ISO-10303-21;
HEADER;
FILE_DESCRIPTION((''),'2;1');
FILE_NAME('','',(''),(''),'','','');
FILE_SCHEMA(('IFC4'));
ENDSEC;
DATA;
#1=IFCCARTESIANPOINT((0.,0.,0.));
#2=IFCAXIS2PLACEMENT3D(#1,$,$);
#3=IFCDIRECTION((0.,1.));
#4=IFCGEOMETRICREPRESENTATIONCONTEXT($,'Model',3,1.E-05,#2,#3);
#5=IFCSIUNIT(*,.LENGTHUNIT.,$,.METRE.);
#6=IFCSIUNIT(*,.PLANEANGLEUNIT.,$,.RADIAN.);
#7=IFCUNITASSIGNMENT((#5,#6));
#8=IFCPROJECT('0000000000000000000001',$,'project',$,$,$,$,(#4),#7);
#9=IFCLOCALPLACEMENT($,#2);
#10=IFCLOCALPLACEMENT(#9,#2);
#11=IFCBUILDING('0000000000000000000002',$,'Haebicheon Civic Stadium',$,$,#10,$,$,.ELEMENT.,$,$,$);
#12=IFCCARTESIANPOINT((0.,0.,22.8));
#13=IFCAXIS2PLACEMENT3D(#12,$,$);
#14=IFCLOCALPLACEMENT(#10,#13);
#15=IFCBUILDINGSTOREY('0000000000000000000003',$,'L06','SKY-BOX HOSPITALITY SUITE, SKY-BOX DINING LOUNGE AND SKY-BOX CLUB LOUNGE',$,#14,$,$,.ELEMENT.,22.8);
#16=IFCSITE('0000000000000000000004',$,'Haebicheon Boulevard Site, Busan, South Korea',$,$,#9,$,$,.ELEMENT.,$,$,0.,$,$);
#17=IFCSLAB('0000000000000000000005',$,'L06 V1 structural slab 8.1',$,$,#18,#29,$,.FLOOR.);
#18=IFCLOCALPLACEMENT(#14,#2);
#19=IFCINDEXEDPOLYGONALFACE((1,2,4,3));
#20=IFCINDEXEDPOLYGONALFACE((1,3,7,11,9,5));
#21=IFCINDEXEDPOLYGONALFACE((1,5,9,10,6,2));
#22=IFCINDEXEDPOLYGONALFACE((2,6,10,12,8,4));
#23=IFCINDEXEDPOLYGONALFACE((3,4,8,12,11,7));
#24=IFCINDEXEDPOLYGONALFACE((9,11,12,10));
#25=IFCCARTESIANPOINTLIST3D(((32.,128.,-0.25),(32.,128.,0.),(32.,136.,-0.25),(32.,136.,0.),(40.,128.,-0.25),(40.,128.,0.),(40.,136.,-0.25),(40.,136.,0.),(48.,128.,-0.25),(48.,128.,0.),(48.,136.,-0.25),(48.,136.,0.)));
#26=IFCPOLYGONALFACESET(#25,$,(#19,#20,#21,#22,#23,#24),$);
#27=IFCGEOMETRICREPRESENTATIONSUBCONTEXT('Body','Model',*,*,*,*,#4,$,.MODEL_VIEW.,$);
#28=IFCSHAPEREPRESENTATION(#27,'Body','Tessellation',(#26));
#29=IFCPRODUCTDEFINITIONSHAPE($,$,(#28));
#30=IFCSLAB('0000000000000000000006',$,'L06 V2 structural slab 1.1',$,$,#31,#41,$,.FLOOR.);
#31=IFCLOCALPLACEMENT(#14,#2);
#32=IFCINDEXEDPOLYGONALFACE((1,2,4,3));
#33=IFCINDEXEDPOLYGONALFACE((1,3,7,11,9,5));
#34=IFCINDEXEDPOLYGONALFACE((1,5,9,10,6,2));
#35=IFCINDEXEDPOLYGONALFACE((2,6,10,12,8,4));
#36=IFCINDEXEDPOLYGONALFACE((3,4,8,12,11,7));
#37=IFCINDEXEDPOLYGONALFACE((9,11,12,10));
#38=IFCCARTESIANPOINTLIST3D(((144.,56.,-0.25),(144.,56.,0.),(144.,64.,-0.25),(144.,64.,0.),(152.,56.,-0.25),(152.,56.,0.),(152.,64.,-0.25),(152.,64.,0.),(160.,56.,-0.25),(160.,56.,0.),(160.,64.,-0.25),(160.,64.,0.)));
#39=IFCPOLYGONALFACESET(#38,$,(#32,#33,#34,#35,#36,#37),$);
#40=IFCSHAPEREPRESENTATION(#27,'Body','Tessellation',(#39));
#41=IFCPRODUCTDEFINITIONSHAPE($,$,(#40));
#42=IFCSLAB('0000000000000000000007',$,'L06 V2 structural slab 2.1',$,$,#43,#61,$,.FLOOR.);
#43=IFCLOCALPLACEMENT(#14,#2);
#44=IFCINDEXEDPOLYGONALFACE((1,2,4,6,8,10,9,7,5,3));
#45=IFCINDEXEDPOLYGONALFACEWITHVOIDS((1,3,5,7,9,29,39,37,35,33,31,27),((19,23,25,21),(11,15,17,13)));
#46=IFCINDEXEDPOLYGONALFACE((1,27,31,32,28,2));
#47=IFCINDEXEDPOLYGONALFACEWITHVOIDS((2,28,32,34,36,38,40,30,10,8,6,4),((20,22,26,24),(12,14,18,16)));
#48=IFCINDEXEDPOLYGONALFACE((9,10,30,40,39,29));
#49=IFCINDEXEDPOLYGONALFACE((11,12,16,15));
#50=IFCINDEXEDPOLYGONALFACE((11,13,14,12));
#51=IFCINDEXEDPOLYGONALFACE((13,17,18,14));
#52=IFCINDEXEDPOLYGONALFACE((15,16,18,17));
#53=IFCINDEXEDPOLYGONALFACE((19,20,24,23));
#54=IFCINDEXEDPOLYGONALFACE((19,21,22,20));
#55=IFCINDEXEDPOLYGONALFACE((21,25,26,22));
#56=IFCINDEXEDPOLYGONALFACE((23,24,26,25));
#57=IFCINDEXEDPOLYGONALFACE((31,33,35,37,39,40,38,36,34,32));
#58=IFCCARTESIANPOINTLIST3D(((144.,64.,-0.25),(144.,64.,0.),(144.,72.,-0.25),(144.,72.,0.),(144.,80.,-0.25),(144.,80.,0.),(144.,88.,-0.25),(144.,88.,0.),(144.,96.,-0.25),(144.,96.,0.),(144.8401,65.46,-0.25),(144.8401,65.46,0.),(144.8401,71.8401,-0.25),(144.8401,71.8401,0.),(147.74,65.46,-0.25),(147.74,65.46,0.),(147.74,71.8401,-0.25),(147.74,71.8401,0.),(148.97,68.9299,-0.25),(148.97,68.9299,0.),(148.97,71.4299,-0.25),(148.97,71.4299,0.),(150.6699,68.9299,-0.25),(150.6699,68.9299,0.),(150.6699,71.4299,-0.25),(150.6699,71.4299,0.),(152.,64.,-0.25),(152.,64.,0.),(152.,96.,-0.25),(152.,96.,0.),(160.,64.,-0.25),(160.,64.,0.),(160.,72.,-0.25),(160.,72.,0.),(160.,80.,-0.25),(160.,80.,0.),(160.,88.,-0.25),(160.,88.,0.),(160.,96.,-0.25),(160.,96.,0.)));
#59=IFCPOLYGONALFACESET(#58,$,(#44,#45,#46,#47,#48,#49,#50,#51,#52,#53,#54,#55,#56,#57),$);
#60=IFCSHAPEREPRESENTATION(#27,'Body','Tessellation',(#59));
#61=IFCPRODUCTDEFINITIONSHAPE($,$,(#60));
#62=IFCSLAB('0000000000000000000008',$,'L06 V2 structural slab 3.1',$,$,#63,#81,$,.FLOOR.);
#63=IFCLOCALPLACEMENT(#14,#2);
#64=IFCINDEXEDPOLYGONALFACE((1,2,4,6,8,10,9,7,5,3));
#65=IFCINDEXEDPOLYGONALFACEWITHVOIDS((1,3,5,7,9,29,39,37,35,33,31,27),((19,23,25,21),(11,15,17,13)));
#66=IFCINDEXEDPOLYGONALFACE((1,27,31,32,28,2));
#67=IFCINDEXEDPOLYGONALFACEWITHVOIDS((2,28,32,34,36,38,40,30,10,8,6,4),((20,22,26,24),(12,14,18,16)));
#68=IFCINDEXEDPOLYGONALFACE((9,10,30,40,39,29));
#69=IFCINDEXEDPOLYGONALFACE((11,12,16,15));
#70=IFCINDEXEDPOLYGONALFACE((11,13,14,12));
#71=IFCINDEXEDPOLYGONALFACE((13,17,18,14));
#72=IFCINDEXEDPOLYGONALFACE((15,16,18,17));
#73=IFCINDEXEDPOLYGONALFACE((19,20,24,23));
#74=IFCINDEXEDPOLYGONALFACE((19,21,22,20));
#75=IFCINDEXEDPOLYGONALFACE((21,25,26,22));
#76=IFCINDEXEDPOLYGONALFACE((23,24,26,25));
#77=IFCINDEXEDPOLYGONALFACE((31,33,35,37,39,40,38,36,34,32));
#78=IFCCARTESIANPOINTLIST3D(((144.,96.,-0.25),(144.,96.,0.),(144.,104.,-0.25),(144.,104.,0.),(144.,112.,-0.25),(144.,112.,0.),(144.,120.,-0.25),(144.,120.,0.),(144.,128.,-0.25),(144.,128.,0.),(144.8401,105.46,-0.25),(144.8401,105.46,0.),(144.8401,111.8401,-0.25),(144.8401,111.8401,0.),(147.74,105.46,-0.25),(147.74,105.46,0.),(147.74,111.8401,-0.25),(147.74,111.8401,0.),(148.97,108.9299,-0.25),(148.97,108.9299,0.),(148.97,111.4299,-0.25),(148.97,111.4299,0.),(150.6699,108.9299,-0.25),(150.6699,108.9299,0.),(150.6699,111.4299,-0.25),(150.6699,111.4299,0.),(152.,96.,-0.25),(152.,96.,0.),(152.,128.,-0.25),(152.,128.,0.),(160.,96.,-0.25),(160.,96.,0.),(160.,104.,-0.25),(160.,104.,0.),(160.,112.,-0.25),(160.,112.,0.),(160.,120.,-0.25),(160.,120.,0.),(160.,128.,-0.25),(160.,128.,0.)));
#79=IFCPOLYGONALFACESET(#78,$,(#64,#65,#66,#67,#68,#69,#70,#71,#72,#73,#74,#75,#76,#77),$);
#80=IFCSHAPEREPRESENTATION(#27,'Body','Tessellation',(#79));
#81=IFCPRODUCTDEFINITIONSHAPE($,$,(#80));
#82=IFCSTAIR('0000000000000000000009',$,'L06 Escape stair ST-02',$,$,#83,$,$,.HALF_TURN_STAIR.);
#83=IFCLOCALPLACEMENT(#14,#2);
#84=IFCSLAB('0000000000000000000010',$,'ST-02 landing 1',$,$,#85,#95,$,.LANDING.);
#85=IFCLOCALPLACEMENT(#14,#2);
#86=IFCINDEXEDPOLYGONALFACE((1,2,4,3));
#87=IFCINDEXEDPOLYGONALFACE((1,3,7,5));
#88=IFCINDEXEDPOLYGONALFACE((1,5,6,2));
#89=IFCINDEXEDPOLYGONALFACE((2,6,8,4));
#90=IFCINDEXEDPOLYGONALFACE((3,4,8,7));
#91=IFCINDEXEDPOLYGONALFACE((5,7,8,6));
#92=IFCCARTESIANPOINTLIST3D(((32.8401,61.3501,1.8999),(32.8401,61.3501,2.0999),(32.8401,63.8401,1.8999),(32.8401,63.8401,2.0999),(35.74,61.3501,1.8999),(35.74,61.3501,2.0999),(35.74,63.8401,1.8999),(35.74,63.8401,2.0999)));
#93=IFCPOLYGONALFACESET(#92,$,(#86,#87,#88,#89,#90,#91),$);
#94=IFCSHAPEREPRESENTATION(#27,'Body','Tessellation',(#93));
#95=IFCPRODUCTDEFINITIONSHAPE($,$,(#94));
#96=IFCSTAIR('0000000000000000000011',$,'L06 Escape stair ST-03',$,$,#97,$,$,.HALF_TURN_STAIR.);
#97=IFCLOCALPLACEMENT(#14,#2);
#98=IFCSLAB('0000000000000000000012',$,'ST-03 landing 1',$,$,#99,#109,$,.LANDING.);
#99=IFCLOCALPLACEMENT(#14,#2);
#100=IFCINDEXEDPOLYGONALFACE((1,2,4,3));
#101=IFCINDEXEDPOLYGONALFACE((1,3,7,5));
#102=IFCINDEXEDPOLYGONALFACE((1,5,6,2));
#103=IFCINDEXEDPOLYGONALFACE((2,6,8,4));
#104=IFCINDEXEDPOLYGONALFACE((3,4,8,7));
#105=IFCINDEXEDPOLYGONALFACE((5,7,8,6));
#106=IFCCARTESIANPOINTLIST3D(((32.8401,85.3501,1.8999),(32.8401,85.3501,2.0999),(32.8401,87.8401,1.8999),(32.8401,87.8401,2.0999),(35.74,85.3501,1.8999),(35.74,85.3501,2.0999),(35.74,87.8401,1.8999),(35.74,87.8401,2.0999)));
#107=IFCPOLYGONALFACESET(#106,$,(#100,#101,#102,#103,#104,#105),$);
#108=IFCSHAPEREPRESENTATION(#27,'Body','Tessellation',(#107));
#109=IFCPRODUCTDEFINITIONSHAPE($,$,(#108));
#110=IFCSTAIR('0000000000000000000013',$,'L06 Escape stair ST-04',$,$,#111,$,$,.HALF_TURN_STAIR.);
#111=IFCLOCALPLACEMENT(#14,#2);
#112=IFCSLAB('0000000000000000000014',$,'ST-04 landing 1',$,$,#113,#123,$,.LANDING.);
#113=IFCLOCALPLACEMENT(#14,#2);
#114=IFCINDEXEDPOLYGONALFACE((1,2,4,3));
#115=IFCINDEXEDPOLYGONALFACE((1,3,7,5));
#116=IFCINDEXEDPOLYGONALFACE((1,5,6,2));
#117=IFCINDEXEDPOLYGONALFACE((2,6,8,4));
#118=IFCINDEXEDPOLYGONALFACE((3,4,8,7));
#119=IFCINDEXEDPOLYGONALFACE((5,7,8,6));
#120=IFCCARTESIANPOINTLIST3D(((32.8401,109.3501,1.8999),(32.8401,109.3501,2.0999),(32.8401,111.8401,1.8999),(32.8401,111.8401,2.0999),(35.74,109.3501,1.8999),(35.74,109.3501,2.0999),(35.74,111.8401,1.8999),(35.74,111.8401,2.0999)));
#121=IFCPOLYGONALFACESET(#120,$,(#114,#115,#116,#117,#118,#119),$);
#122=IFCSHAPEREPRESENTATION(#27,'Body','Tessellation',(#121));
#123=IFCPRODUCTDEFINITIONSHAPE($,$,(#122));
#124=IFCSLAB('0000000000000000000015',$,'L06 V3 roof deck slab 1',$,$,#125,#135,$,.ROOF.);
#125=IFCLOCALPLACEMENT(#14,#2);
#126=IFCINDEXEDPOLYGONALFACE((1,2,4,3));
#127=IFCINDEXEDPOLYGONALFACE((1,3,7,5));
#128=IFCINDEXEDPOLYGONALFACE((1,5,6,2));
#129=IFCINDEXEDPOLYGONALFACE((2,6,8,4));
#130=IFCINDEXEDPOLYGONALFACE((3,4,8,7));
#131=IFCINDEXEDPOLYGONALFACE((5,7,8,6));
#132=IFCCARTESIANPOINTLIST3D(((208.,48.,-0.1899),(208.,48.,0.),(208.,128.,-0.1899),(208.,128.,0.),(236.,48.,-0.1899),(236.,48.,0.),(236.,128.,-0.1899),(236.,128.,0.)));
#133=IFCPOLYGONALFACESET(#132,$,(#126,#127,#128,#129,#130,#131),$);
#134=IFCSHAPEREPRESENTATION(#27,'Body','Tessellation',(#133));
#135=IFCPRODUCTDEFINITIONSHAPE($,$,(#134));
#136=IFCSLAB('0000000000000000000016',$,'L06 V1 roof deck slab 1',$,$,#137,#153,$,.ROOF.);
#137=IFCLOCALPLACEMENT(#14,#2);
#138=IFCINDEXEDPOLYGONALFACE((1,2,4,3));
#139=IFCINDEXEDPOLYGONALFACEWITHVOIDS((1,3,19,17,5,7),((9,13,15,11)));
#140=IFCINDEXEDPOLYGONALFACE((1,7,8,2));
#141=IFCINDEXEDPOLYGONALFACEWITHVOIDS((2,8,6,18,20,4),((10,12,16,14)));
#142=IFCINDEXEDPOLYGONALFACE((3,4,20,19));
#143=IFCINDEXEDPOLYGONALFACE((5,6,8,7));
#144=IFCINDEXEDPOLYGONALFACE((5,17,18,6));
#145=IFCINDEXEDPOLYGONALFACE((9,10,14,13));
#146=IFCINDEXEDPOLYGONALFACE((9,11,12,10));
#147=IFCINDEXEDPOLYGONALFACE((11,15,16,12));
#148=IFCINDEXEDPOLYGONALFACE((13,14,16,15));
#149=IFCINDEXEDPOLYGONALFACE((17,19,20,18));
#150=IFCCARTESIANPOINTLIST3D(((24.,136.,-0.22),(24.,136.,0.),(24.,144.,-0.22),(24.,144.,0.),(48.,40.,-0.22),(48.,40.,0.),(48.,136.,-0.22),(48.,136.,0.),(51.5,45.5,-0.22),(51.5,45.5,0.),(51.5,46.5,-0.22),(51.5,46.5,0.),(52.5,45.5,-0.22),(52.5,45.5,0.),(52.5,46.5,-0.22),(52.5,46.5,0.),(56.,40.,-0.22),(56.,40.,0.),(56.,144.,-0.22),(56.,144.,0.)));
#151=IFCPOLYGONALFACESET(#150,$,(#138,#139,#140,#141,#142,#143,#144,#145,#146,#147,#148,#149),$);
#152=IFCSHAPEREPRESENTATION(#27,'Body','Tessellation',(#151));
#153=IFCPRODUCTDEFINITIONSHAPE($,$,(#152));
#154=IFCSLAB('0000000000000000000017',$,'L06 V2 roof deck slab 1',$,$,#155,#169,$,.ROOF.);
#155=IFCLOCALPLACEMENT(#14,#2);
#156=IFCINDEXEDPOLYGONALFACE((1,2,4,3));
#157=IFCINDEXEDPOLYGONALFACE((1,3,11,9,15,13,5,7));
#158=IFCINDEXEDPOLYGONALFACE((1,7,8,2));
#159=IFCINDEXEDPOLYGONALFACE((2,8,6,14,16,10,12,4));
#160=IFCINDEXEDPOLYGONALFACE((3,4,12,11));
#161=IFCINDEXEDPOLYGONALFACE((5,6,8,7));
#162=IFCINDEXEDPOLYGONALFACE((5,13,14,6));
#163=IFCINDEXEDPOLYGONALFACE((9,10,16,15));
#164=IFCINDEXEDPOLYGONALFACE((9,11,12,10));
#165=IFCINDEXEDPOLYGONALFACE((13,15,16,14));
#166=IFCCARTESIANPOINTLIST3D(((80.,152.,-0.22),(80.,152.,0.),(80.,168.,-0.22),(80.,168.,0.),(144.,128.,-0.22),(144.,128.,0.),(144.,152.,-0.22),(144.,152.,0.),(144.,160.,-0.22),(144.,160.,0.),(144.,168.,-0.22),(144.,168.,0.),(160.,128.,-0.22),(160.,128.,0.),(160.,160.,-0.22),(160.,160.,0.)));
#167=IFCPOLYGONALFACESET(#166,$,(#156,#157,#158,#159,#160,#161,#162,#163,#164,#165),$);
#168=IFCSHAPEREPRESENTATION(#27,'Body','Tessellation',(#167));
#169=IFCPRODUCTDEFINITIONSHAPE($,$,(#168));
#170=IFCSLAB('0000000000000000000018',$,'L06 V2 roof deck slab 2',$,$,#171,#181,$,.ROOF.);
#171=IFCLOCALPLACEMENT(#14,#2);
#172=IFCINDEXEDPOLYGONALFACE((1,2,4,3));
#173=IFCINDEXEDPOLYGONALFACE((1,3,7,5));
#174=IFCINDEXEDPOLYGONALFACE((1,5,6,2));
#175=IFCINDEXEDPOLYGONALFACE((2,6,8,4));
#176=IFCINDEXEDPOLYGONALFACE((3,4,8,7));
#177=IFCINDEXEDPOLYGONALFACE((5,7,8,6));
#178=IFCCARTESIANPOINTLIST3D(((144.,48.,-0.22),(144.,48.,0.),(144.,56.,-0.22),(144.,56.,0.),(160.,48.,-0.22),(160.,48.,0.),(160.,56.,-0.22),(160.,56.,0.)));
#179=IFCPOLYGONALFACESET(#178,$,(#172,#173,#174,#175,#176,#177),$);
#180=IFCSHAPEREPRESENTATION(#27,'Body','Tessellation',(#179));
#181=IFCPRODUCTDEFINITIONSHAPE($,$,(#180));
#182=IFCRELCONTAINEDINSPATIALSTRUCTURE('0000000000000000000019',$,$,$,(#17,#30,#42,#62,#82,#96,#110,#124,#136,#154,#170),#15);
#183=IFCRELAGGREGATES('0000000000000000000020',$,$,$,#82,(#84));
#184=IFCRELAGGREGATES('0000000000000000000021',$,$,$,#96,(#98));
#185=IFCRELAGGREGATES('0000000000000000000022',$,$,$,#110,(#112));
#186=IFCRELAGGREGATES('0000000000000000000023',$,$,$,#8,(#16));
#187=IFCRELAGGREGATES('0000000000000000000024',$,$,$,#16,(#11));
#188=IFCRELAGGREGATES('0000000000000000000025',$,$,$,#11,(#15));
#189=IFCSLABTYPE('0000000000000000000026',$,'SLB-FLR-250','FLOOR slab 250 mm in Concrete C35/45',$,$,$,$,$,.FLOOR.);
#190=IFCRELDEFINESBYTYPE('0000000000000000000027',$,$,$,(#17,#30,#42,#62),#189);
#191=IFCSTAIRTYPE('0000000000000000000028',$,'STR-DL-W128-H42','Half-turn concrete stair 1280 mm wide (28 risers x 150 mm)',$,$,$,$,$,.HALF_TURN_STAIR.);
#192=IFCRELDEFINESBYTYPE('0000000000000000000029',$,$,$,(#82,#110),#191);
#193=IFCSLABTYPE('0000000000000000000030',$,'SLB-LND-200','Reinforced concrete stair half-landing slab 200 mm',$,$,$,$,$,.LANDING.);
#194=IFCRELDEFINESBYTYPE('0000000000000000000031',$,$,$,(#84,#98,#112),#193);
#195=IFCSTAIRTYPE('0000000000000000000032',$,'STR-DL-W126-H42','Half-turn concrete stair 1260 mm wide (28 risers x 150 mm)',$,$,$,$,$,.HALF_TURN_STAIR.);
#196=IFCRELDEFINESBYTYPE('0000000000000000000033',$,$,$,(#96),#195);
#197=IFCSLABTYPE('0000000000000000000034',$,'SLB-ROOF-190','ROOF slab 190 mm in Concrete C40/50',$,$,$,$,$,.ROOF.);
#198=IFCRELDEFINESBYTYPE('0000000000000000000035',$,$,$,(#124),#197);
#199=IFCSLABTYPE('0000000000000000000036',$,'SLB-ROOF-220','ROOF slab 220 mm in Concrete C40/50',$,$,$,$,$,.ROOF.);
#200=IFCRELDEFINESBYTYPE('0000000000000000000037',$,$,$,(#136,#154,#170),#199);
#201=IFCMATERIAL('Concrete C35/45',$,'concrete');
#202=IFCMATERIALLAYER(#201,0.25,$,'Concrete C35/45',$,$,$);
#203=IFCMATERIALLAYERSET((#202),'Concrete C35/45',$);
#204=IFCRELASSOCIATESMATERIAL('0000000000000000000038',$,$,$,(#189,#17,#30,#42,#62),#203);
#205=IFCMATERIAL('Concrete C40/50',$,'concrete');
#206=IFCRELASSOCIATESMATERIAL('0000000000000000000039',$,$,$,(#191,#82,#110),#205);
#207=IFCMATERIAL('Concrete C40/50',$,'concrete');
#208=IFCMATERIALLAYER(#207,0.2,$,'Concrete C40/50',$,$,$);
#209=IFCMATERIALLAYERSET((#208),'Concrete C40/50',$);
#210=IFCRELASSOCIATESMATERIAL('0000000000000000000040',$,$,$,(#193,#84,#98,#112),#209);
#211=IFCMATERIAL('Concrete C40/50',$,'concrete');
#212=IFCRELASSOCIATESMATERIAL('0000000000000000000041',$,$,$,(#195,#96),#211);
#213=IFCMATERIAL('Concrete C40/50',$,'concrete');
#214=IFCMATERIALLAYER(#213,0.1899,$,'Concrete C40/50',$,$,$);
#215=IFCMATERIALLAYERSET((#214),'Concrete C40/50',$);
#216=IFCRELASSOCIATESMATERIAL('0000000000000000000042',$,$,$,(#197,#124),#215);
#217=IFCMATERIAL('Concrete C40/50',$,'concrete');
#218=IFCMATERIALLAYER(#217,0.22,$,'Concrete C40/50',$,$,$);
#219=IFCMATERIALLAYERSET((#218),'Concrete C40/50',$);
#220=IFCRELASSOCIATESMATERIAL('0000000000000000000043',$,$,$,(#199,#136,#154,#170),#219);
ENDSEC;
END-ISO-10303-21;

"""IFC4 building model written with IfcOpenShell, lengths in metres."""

from ifc_helpers import new_model, si_unit, direction, frame, origin, place, context, subcontext, project, spatial, polyline, outline, extrude, material, layer, layer_set, type_object, element, aggregate, save


model = new_model("IFC4")

# Units and contexts
model_context = context("Model", 3, precision=1e-05, world=origin(), true_north=direction((0.0, 1.0)))
body_context = subcontext(model_context, "Body", "Model", "MODEL_VIEW")
ifc_project = project(units=[si_unit("LENGTHUNIT", "METRE"), si_unit("PLANEANGLEUNIT", "RADIAN")], contexts=[model_context])

# Site, building, storey
site_placement = place(None, origin())
site = spatial("IfcSite", under=ifc_project, at=site_placement, Name="Haebicheon Boulevard Site, Busan, South Korea", CompositionType="ELEMENT", RefElevation=0.0)
building_placement = place(site_placement, origin())
building = spatial("IfcBuilding", under=site, at=building_placement, Name="Haebicheon Civic Stadium", CompositionType="ELEMENT")
storey_placement = place(building_placement, frame((0.0, 0.0, 22.8)))
storey = spatial("IfcBuildingStorey", under=building, at=storey_placement, Name="L06", Description="SKY-BOX HOSPITALITY SUITE, SKY-BOX DINING LOUNGE AND SKY-BOX CLUB LOUNGE", CompositionType="ELEMENT", Elevation=22.8)

# Slabs
ifc_material_1 = material(Name="Concrete C35/45", Category="concrete")
ifc_layer_1 = layer(ifc_material_1, 0.25, Name="Concrete C35/45")
ifc_layer_set_1 = layer_set([ifc_layer_1], Name="Concrete C35/45")
slab_type_1 = type_object("IfcSlabType", Name="SLB-FLR-250", Description="FLOOR slab 250 mm in Concrete C35/45", PredefinedType="FLOOR", material=ifc_layer_set_1)
slab_1_placement = place(storey_placement, frame((0.0, 0.0, -0.25)))
element("IfcSlab", 1, at=slab_1_placement, inside=storey, type_object=slab_type_1, material=ifc_layer_set_1, Name="L06 V1 structural slab 8.1", PredefinedType="FLOOR", context=body_context, shape_type="SweptSolid", body=[
    extrude(outline(polyline([(32.0, 128.0), (32.0, 136.0), (40.0, 136.0), (48.0, 136.0), (48.0, 128.0), (40.0, 128.0), (32.0, 128.0)])), origin(), (0.0, 0.0, 1.0), 0.25),
])
slab_2_placement = place(storey_placement, frame((0.0, 0.0, -0.25)))
element("IfcSlab", 2, at=slab_2_placement, inside=storey, type_object=slab_type_1, material=ifc_layer_set_1, Name="L06 V2 structural slab 1.1", PredefinedType="FLOOR", context=body_context, shape_type="SweptSolid", body=[
    extrude(outline(polyline([(144.0, 56.0), (144.0, 64.0), (152.0, 64.0), (160.0, 64.0), (160.0, 56.0), (152.0, 56.0), (144.0, 56.0)])), origin(), (0.0, 0.0, 1.0), 0.25),
])
slab_3_placement = place(storey_placement, frame((0.0, 0.0, -0.25)))
element("IfcSlab", 3, at=slab_3_placement, inside=storey, type_object=slab_type_1, material=ifc_layer_set_1, Name="L06 V2 structural slab 2.1", PredefinedType="FLOOR", context=body_context, shape_type="SweptSolid", body=[
    extrude(outline(polyline([(144.0, 80.0), (144.0, 88.0), (144.0, 96.0), (152.0, 96.0), (160.0, 96.0), (160.0, 88.0), (160.0, 80.0), (160.0, 72.0), (160.0, 64.0), (152.0, 64.0), (144.0, 64.0), (144.0, 72.0), (144.0, 80.0)]), holes=[polyline([(144.8401, 65.46), (147.74, 65.46), (147.74, 71.8401), (144.8401, 71.8401), (144.8401, 65.46)]), polyline([(148.97, 68.9299), (150.6699, 68.9299), (150.6699, 71.4299), (148.97, 71.4299), (148.97, 68.9299)])]), origin(), (0.0, 0.0, 1.0), 0.25),
])
slab_4_placement = place(storey_placement, frame((0.0, 0.0, -0.25)))
element("IfcSlab", 4, at=slab_4_placement, inside=storey, type_object=slab_type_1, material=ifc_layer_set_1, Name="L06 V2 structural slab 3.1", PredefinedType="FLOOR", context=body_context, shape_type="SweptSolid", body=[
    extrude(outline(polyline([(144.0, 112.0), (144.0, 120.0), (144.0, 128.0), (152.0, 128.0), (160.0, 128.0), (160.0, 120.0), (160.0, 112.0), (160.0, 104.0), (160.0, 96.0), (152.0, 96.0), (144.0, 96.0), (144.0, 104.0), (144.0, 112.0)]), holes=[polyline([(144.8401, 105.46), (147.74, 105.46), (147.74, 111.8401), (144.8401, 111.8401), (144.8401, 105.46)]), polyline([(148.97, 108.9299), (150.6699, 108.9299), (150.6699, 111.4299), (148.97, 111.4299), (148.97, 108.9299)])]), origin(), (0.0, 0.0, 1.0), 0.25),
])

# Stairs, slabs
ifc_material_2 = material(Name="Concrete C40/50", Category="concrete")
stair_type_1 = type_object("IfcStairType", Name="STR-DL-W128-H42", Description="Half-turn concrete stair 1280 mm wide (28 risers x 150 mm)", PredefinedType="HALF_TURN_STAIR", material=ifc_material_2)
stair_1_placement = place(storey_placement, origin())
stair_1 = element("IfcStair", 5, at=stair_1_placement, inside=storey, type_object=stair_type_1, material=ifc_material_2, Name="L06 Escape stair ST-02", PredefinedType="HALF_TURN_STAIR")
ifc_material_3 = material(Name="Concrete C40/50", Category="concrete")
ifc_layer_2 = layer(ifc_material_3, 0.2, Name="Concrete C40/50")
ifc_layer_set_2 = layer_set([ifc_layer_2], Name="Concrete C40/50")
slab_type_2 = type_object("IfcSlabType", Name="SLB-LND-200", Description="Reinforced concrete stair half-landing slab 200 mm", PredefinedType="LANDING", material=ifc_layer_set_2)
slab_5_placement = place(storey_placement, frame((0.0, 0.0, 1.8999)))
slab_5 = element("IfcSlab", 6, at=slab_5_placement, type_object=slab_type_2, material=ifc_layer_set_2, Name="ST-02 landing 1", PredefinedType="LANDING", context=body_context, shape_type="SweptSolid", body=[
    extrude(outline(polyline([(35.74, 61.3501), (35.74, 63.8401), (32.8401, 63.8401), (32.8401, 61.3501), (35.74, 61.3501)])), origin(), (0.0, 0.0, 1.0), 0.2),
])
aggregate(stair_1, [slab_5])
ifc_material_4 = material(Name="Concrete C40/50", Category="concrete")
stair_type_2 = type_object("IfcStairType", Name="STR-DL-W126-H42", Description="Half-turn concrete stair 1260 mm wide (28 risers x 150 mm)", PredefinedType="HALF_TURN_STAIR", material=ifc_material_4)
stair_2_placement = place(storey_placement, origin())
stair_2 = element("IfcStair", 7, at=stair_2_placement, inside=storey, type_object=stair_type_2, material=ifc_material_4, Name="L06 Escape stair ST-03", PredefinedType="HALF_TURN_STAIR")
slab_6_placement = place(storey_placement, frame((0.0, 0.0, 1.8999)))
slab_6 = element("IfcSlab", 8, at=slab_6_placement, type_object=slab_type_2, material=ifc_layer_set_2, Name="ST-03 landing 1", PredefinedType="LANDING", context=body_context, shape_type="SweptSolid", body=[
    extrude(outline(polyline([(35.74, 85.3501), (35.74, 87.8401), (32.8401, 87.8401), (32.8401, 85.3501), (35.74, 85.3501)])), origin(), (0.0, 0.0, 1.0), 0.2),
])
aggregate(stair_2, [slab_6])
stair_3_placement = place(storey_placement, origin())
stair_3 = element("IfcStair", 9, at=stair_3_placement, inside=storey, type_object=stair_type_1, material=ifc_material_2, Name="L06 Escape stair ST-04", PredefinedType="HALF_TURN_STAIR")
slab_7_placement = place(storey_placement, frame((0.0, 0.0, 1.8999)))
slab_7 = element("IfcSlab", 10, at=slab_7_placement, type_object=slab_type_2, material=ifc_layer_set_2, Name="ST-04 landing 1", PredefinedType="LANDING", context=body_context, shape_type="SweptSolid", body=[
    extrude(outline(polyline([(35.74, 109.3501), (35.74, 111.8401), (32.8401, 111.8401), (32.8401, 109.3501), (35.74, 109.3501)])), origin(), (0.0, 0.0, 1.0), 0.2),
])
aggregate(stair_3, [slab_7])

# Slabs
ifc_material_5 = material(Name="Concrete C40/50", Category="concrete")
ifc_layer_3 = layer(ifc_material_5, 0.1899, Name="Concrete C40/50")
ifc_layer_set_3 = layer_set([ifc_layer_3], Name="Concrete C40/50")
slab_type_3 = type_object("IfcSlabType", Name="SLB-ROOF-190", Description="ROOF slab 190 mm in Concrete C40/50", PredefinedType="ROOF", material=ifc_layer_set_3)
slab_8_placement = place(storey_placement, frame((0.0, 0.0, -0.1899)))
element("IfcSlab", 11, at=slab_8_placement, inside=storey, type_object=slab_type_3, material=ifc_layer_set_3, Name="L06 V3 roof deck slab 1", PredefinedType="ROOF", context=body_context, shape_type="SweptSolid", body=[
    extrude(outline(polyline([(208.0, 48.0), (208.0, 128.0), (236.0, 128.0), (236.0, 48.0), (208.0, 48.0)])), origin(), (0.0, 0.0, 1.0), 0.1899),
])
ifc_material_6 = material(Name="Concrete C40/50", Category="concrete")
ifc_layer_4 = layer(ifc_material_6, 0.22, Name="Concrete C40/50")
ifc_layer_set_4 = layer_set([ifc_layer_4], Name="Concrete C40/50")
slab_type_4 = type_object("IfcSlabType", Name="SLB-ROOF-220", Description="ROOF slab 220 mm in Concrete C40/50", PredefinedType="ROOF", material=ifc_layer_set_4)
slab_9_placement = place(storey_placement, frame((0.0, 0.0, -0.22)))
element("IfcSlab", 12, at=slab_9_placement, inside=storey, type_object=slab_type_4, material=ifc_layer_set_4, Name="L06 V1 roof deck slab 1", PredefinedType="ROOF", context=body_context, shape_type="SweptSolid", body=[
    extrude(outline(polyline([(48.0, 40.0), (48.0, 136.0), (24.0, 136.0), (24.0, 144.0), (56.0, 144.0), (56.0, 40.0), (48.0, 40.0)]), holes=[polyline([(51.5, 45.5), (52.5, 45.5), (52.5, 46.5), (51.5, 46.5), (51.5, 45.5)])]), origin(), (0.0, 0.0, 1.0), 0.22),
])
slab_10_placement = place(storey_placement, frame((0.0, 0.0, -0.22)))
element("IfcSlab", 13, at=slab_10_placement, inside=storey, type_object=slab_type_4, material=ifc_layer_set_4, Name="L06 V2 roof deck slab 1", PredefinedType="ROOF", context=body_context, shape_type="SweptSolid", body=[
    extrude(outline(polyline([(144.0, 152.0), (80.0, 152.0), (80.0, 168.0), (144.0, 168.0), (144.0, 160.0), (160.0, 160.0), (160.0, 128.0), (144.0, 128.0), (144.0, 152.0)])), origin(), (0.0, 0.0, 1.0), 0.22),
])
slab_11_placement = place(storey_placement, frame((0.0, 0.0, -0.22)))
element("IfcSlab", 14, at=slab_11_placement, inside=storey, type_object=slab_type_4, material=ifc_layer_set_4, Name="L06 V2 roof deck slab 2", PredefinedType="ROOF", context=body_context, shape_type="SweptSolid", body=[
    extrude(outline(polyline([(160.0, 48.0), (144.0, 48.0), (144.0, 56.0), (160.0, 56.0), (160.0, 48.0)])), origin(), (0.0, 0.0, 1.0), 0.22),
])

save(model, "model.ifc")
